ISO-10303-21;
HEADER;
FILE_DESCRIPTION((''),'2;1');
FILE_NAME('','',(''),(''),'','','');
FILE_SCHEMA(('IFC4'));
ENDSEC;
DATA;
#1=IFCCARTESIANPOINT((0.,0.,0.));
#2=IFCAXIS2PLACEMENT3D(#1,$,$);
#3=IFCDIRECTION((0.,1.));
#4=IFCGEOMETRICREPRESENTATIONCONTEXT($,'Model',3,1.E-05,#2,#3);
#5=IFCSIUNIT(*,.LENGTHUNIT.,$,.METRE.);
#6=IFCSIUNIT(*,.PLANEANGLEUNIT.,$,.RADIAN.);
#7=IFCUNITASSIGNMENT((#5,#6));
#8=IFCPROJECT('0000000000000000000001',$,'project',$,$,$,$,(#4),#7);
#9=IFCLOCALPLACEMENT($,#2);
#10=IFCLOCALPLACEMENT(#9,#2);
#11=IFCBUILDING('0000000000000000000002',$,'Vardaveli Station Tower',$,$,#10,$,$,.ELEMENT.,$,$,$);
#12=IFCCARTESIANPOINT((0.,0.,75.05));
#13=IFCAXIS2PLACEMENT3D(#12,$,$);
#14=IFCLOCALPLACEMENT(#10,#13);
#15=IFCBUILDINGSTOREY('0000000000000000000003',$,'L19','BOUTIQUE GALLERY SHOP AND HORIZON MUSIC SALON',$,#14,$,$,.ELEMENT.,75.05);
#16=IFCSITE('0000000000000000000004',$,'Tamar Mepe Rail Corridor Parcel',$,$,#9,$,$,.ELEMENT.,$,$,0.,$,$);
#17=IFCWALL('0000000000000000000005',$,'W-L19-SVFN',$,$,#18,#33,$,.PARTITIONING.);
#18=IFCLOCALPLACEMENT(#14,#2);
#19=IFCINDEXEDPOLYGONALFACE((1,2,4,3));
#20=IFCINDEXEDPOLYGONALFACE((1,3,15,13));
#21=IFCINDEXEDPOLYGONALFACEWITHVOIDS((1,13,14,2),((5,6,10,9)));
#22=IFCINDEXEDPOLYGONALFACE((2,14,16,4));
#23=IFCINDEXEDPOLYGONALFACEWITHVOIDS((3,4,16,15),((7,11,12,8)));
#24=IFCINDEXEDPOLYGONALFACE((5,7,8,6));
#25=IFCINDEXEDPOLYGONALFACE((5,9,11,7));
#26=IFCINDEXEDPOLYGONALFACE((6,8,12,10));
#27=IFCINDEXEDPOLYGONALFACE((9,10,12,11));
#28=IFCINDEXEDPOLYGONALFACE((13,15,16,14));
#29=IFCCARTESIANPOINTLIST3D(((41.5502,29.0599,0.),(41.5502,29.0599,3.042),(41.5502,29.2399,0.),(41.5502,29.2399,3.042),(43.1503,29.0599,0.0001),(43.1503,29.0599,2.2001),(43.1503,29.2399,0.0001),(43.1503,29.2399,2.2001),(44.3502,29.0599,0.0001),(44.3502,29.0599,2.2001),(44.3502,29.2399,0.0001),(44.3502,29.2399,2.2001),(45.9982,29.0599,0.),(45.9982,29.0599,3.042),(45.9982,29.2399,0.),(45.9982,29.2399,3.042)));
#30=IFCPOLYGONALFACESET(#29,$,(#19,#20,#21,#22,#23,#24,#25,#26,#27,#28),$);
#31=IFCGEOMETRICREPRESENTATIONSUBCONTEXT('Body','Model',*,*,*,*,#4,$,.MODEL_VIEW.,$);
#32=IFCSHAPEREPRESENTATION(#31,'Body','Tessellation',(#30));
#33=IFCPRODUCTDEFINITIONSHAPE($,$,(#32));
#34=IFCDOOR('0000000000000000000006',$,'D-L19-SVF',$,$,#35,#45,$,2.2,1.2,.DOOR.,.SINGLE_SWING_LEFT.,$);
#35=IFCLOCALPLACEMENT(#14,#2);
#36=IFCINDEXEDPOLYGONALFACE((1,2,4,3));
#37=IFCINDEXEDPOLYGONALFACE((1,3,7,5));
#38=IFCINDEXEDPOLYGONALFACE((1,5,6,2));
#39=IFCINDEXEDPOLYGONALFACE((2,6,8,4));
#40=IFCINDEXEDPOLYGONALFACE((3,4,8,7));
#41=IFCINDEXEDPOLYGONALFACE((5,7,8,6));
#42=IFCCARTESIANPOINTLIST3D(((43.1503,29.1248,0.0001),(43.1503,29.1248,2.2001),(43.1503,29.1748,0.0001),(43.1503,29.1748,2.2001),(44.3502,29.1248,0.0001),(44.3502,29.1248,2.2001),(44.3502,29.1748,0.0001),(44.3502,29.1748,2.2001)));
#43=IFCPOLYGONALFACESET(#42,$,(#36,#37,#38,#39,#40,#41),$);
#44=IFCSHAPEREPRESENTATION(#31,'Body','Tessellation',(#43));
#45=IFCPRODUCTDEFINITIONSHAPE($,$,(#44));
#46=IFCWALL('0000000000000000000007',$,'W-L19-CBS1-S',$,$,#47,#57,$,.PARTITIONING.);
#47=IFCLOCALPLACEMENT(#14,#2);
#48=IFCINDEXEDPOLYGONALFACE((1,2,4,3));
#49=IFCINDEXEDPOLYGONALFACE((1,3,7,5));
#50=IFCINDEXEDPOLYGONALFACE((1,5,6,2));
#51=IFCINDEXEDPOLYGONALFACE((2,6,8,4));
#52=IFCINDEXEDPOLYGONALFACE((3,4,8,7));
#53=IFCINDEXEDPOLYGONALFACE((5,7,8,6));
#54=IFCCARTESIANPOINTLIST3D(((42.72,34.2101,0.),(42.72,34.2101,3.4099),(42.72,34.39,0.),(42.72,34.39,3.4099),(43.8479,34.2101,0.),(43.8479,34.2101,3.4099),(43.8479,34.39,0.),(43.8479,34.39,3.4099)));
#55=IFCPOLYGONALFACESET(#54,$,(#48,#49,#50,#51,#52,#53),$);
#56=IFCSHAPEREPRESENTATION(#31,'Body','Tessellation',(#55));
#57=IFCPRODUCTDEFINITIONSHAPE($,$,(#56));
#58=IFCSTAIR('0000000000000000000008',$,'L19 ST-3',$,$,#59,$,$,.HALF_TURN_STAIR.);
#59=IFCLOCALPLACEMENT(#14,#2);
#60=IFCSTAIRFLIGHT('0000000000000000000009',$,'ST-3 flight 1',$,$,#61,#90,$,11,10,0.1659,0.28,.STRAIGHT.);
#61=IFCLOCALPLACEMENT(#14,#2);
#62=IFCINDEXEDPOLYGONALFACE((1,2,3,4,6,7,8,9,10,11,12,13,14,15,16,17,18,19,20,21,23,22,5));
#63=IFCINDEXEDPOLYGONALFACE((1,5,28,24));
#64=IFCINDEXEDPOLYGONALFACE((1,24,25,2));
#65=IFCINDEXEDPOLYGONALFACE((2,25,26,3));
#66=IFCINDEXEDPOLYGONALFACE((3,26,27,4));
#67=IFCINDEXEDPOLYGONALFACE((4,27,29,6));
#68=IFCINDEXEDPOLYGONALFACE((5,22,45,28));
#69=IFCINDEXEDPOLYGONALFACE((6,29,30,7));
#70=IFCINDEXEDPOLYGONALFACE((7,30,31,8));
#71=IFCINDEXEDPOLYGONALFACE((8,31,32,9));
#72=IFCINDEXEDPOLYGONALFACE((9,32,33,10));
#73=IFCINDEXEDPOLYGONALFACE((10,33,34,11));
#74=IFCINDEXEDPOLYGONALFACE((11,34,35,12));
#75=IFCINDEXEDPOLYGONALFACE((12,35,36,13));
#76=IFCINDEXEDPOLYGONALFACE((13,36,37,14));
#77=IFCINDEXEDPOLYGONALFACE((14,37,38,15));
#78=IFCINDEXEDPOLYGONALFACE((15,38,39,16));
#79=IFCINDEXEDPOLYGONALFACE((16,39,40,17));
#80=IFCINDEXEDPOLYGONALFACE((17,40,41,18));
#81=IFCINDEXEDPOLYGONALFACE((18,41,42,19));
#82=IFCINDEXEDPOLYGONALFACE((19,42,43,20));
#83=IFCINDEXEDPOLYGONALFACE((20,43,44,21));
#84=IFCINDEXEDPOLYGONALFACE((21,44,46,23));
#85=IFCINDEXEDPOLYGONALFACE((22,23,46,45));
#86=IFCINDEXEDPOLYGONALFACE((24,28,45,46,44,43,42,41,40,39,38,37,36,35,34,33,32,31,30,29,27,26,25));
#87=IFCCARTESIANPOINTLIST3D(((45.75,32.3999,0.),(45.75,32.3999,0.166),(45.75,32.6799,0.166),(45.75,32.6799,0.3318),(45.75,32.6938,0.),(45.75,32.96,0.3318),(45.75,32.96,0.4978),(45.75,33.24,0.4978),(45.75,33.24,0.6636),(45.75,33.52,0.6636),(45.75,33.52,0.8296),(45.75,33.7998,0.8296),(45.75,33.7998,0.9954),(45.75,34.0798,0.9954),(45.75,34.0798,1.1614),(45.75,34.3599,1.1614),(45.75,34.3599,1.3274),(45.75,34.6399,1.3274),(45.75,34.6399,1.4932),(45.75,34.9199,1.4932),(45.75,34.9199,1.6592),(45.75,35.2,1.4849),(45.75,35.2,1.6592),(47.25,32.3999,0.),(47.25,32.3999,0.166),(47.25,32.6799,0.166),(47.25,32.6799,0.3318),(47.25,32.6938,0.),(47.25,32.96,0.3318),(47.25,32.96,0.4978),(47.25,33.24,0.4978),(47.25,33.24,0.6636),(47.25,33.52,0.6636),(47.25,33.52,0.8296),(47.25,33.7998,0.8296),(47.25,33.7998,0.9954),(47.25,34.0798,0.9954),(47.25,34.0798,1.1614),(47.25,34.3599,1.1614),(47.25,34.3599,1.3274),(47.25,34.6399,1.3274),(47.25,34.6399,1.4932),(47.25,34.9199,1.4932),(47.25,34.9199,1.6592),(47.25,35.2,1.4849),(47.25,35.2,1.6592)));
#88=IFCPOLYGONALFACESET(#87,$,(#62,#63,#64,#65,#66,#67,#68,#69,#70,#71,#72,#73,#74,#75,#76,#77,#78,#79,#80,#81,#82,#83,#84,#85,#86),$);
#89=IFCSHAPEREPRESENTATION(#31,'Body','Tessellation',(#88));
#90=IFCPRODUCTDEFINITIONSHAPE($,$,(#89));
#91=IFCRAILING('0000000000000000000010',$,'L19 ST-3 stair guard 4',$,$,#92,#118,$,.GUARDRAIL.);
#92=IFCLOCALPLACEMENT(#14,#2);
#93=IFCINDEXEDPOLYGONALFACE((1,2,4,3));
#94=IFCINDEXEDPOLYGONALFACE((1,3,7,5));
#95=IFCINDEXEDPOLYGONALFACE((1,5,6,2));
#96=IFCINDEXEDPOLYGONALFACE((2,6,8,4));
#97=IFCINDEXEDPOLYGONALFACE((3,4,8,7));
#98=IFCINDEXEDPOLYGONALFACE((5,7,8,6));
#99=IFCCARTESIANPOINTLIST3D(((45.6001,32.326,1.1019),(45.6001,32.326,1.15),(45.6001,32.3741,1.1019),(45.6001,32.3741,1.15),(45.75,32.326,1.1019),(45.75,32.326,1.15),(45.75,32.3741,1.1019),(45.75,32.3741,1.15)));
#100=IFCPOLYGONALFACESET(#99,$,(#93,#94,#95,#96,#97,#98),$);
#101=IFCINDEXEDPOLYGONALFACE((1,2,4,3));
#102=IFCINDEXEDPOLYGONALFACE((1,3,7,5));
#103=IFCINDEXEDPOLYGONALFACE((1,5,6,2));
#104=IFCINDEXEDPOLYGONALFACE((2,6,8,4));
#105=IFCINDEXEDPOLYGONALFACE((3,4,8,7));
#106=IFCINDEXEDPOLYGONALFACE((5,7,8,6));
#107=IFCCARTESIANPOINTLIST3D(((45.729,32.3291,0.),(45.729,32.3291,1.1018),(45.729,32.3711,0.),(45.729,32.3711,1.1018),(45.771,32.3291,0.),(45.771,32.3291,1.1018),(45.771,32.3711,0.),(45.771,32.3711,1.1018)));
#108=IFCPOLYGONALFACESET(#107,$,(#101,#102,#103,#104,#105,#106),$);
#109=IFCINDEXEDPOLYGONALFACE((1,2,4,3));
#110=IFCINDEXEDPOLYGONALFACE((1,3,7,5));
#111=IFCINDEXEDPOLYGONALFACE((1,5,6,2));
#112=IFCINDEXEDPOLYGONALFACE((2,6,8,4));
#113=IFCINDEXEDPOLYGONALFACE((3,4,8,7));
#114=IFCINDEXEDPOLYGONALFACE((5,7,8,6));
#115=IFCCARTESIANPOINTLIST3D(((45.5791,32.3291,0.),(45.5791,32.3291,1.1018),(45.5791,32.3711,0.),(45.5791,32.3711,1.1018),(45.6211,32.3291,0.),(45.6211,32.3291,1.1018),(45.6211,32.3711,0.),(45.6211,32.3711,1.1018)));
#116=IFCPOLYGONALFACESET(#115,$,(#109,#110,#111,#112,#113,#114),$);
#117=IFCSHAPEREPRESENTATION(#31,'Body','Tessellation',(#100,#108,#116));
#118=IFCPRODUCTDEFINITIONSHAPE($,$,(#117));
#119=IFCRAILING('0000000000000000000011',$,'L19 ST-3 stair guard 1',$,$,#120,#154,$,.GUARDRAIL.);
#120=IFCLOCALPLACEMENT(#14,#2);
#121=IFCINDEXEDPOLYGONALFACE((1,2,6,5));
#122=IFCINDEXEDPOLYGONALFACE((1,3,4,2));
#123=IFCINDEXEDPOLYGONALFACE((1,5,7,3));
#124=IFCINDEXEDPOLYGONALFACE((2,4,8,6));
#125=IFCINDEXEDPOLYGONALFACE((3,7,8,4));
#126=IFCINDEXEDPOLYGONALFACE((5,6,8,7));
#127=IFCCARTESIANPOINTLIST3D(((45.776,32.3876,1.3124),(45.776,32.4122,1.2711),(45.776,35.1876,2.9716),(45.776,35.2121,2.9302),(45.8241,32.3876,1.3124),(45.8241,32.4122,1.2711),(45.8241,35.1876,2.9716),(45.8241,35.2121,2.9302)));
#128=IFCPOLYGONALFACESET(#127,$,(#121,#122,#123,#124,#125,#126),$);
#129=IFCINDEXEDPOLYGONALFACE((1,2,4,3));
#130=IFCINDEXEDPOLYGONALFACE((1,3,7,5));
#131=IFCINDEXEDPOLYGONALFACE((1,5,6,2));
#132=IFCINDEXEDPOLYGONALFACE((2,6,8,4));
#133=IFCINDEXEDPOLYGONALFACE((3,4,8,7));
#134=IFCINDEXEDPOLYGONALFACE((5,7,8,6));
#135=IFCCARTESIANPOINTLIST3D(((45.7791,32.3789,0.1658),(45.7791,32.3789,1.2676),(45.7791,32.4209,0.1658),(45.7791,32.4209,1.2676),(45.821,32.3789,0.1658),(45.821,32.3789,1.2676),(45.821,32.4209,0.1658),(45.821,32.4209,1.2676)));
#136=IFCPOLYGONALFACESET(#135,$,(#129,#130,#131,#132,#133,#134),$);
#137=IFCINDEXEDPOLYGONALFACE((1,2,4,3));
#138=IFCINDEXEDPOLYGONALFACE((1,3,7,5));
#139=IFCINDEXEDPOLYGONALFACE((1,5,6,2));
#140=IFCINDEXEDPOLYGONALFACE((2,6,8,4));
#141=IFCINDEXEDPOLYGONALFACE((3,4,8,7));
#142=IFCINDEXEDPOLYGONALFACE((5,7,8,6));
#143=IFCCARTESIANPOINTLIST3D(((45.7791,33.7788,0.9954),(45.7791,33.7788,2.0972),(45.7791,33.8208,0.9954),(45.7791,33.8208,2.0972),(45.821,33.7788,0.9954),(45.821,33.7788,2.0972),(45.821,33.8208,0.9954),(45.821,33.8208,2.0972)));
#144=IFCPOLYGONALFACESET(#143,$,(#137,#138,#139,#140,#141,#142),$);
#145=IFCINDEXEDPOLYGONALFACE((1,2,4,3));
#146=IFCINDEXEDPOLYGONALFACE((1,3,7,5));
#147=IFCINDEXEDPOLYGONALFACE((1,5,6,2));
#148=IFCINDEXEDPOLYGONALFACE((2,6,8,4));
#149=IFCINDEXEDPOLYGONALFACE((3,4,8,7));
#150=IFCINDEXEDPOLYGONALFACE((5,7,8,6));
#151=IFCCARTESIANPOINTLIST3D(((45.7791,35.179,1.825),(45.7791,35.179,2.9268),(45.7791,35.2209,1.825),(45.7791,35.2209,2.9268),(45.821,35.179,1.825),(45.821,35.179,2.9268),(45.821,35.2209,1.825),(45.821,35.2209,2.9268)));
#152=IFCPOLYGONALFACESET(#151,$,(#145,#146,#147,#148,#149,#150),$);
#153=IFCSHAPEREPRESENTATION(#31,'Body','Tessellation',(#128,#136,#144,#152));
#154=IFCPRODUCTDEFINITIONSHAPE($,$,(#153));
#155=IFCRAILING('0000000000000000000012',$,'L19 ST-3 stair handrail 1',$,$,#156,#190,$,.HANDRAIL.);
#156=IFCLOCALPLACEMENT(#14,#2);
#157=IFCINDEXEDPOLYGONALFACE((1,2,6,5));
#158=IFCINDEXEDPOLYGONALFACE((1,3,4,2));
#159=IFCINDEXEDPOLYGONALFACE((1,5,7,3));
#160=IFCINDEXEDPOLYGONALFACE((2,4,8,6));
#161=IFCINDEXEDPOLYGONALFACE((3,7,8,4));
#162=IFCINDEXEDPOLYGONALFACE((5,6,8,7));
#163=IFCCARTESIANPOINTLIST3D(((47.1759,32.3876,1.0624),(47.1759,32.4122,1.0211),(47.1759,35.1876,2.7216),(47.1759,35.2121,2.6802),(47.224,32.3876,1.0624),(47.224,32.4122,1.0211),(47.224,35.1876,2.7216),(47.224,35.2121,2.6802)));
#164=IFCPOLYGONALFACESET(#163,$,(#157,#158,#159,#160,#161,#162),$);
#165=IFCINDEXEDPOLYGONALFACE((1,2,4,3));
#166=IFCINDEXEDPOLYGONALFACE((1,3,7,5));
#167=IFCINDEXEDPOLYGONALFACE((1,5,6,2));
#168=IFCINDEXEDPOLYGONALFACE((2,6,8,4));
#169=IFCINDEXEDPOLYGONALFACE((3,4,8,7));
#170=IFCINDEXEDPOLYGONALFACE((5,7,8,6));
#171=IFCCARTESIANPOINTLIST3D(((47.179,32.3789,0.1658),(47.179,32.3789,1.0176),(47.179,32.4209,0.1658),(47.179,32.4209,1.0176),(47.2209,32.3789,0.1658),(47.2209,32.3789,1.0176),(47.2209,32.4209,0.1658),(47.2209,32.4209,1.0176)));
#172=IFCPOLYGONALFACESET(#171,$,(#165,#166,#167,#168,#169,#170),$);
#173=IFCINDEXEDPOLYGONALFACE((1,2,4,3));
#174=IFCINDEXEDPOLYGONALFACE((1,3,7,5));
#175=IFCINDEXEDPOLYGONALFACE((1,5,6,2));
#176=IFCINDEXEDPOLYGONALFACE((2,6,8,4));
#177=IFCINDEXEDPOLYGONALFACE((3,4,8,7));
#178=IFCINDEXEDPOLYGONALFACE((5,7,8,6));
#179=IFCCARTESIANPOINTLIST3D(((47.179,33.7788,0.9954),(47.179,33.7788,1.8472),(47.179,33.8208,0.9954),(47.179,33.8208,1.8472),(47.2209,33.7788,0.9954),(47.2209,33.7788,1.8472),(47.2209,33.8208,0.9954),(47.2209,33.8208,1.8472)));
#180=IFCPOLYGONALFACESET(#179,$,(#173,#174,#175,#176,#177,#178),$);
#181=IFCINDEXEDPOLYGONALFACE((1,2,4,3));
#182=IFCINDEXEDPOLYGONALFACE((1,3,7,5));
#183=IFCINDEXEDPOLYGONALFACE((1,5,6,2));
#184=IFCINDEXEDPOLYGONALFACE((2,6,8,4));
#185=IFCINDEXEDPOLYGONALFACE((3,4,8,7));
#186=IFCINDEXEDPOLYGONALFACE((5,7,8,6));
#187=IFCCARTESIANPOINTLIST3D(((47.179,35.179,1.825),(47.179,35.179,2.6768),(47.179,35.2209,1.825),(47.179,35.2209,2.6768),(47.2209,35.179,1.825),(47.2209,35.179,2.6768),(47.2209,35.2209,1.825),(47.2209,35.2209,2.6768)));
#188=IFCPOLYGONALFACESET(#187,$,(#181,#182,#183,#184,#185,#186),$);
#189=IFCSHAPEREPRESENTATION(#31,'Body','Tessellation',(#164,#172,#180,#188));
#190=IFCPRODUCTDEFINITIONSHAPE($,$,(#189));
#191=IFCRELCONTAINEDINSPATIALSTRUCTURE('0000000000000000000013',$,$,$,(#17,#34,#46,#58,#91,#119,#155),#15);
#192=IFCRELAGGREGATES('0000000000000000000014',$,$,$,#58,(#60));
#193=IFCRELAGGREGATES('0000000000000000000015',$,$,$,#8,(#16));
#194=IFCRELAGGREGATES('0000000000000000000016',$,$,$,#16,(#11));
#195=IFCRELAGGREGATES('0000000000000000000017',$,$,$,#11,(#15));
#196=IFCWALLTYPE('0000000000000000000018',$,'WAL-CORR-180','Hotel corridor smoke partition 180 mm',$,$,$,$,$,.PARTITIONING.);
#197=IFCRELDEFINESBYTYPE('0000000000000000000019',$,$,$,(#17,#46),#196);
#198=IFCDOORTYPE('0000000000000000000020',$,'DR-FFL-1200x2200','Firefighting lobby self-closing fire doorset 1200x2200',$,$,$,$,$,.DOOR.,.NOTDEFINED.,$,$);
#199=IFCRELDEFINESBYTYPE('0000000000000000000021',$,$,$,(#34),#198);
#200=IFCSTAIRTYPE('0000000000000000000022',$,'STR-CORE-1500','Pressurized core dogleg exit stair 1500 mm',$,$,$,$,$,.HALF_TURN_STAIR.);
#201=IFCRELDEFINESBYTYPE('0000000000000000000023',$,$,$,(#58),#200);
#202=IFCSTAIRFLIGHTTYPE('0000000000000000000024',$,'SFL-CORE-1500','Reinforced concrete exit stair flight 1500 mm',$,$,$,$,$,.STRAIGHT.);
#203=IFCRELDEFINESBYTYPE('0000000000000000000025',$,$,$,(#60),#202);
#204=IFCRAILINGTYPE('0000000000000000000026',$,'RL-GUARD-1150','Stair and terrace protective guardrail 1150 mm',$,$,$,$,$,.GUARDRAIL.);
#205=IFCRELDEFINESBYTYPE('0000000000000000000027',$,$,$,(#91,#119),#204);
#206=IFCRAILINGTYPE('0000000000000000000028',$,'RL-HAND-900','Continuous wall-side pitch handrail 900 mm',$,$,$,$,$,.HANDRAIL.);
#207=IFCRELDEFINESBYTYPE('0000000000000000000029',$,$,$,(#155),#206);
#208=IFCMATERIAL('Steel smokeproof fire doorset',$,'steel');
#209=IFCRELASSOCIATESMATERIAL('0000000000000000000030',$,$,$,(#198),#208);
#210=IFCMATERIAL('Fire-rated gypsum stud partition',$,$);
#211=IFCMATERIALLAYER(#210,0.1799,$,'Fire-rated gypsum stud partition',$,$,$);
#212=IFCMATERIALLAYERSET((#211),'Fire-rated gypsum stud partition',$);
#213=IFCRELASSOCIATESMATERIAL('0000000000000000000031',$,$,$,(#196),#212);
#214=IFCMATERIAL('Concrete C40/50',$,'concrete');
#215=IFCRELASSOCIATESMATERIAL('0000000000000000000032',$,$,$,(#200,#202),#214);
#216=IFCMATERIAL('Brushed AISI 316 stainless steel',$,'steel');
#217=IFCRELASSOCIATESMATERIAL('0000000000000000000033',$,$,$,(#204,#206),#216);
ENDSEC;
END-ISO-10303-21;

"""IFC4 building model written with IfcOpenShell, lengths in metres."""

from ifc_helpers import new_model, si_unit, direction, frame, frame_2d, origin, origin_2d, place, context, subcontext, project, spatial, polyline, rectangle, outline, extrude, source, transform, mapped, material, layer, layer_set, type_object, element, fill, aggregate, save


model = new_model("IFC4")

# Units and contexts
model_context = context("Model", 3, precision=1e-05, world=origin(), true_north=direction((0.0, 1.0)))
body_context = subcontext(model_context, "Body", "Model", "MODEL_VIEW")
ifc_project = project(units=[si_unit("LENGTHUNIT", "METRE"), si_unit("PLANEANGLEUNIT", "RADIAN")], contexts=[model_context])

# Site, building, storey
site_placement = place(None, origin())
site = spatial("IfcSite", under=ifc_project, at=site_placement, Name="Tamar Mepe Rail Corridor Parcel", CompositionType="ELEMENT", RefElevation=0.0)
building_placement = place(site_placement, origin())
building = spatial("IfcBuilding", under=site, at=building_placement, Name="Vardaveli Station Tower", CompositionType="ELEMENT")
storey_placement = place(building_placement, frame((0.0, 0.0, 75.05)))
storey = spatial("IfcBuildingStorey", under=building, at=storey_placement, Name="L19", Description="BOUTIQUE GALLERY SHOP AND HORIZON MUSIC SALON", CompositionType="ELEMENT", Elevation=75.05)

# Shared definitions
ifc_material_1 = material(Name="Concrete C40/50", Category="concrete")

# Wall, opening, door
ifc_material_2 = material(Name="Steel smokeproof fire doorset", Category="steel")
door_type_1 = type_object("IfcDoorType", Name="DR-FFL-1200x2200", Description="Firefighting lobby self-closing fire doorset 1200x2200", OperationType="NOTDEFINED", PredefinedType="DOOR", material=ifc_material_2)
shared_shape_1 = source(origin(), body_context, "Body", "SweptSolid", [
    extrude(rectangle(XDim=1.2, YDim=2.2, at=frame_2d((0.6001, 1.1001))), frame((0.0, 0.0249, 0.0), z_axis=(0.0, -1.0, 0.0), x_axis=(1.0, 0.0, 0.0)), (0.0, 0.0, 1.0), 0.05),
])
ifc_material_3 = material(Name="Fire-rated gypsum stud partition")
ifc_layer_1 = layer(ifc_material_3, 0.1799, Name="Fire-rated gypsum stud partition")
ifc_layer_set_1 = layer_set([ifc_layer_1], Name="Fire-rated gypsum stud partition")
wall_type_1 = type_object("IfcWallType", Name="WAL-CORR-180", Description="Hotel corridor smoke partition 180 mm", PredefinedType="PARTITIONING", material=ifc_layer_set_1)
shared_shape_2 = source(origin(), body_context, "Body", "SweptSolid", [
    extrude(rectangle(XDim=4.448, YDim=0.1799, at=frame_2d((2.2241, 0.0))), origin(), (0.0, 0.0, 1.0), 3.042),
])
wall_1_placement = place(storey_placement, frame((41.55, 29.1499, 0.0), z_axis=(0.0, 0.0, 1.0), x_axis=(1.0, 0.0, 0.0)))
wall_1 = element("IfcWall", 1, at=wall_1_placement, inside=storey, type_object=wall_type_1, Name="W-L19-SVFN", PredefinedType="PARTITIONING", context=body_context, shape_type="MappedRepresentation", body=[
    mapped(shared_shape_2, transform((0.0, 0.0, 0.0), scale=1.0)),
])
shared_shape_3 = source(origin(), body_context, "Body", "SweptSolid", [
    extrude(rectangle(XDim=1.2, YDim=2.2, at=frame_2d((0.6001, 1.1001))), frame((0.0, 0.1001, 0.0), z_axis=(0.0, -1.0, 0.0), x_axis=(1.0, 0.0, 0.0)), (0.0, 0.0, 1.0), 0.2),
])
opening_1_placement = place(wall_1_placement, frame((1.6001, 0.0, 0.0)))
opening_1 = element("IfcOpeningElement", 2, at=opening_1_placement, cuts=wall_1, PredefinedType="OPENING", context=body_context, shape_type="MappedRepresentation", body=[
    mapped(shared_shape_3, transform((0.0, 0.0, 0.0), scale=1.0)),
])
door_1_placement = place(opening_1_placement, origin())
door_1 = element("IfcDoor", 3, at=door_1_placement, inside=storey, type_object=door_type_1, Name="D-L19-SVF", OperationType="SINGLE_SWING_LEFT", OverallHeight=2.2, OverallWidth=1.2, PredefinedType="DOOR", context=body_context, shape_type="MappedRepresentation", body=[
    mapped(shared_shape_1, transform((0.0, 0.0, 0.0), scale=1.0)),
])
fill(opening_1, door_1)

# Wall
shared_shape_4 = source(origin(), body_context, "Body", "SweptSolid", [
    extrude(rectangle(XDim=1.1279, YDim=0.1799, at=frame_2d((0.564, 0.0))), origin(), (0.0, 0.0, 1.0), 3.4099),
])
wall_2_placement = place(storey_placement, frame((42.72, 34.3, 0.0), z_axis=(0.0, 0.0, 1.0), x_axis=(1.0, 0.0, 0.0)))
element("IfcWall", 4, at=wall_2_placement, inside=storey, type_object=wall_type_1, Name="W-L19-CBS1-S", PredefinedType="PARTITIONING", context=body_context, shape_type="MappedRepresentation", body=[
    mapped(shared_shape_4, transform((0.0, 0.0, 0.0), scale=1.0)),
])

# Stair, stair flight
stair_type = type_object("IfcStairType", Name="STR-CORE-1500", Description="Pressurized core dogleg exit stair 1500 mm", PredefinedType="HALF_TURN_STAIR", material=ifc_material_1)
stair_placement = place(storey_placement, origin())
stair = element("IfcStair", 5, at=stair_placement, inside=storey, type_object=stair_type, Name="L19 ST-3", PredefinedType="HALF_TURN_STAIR")
stair_flight_type = type_object("IfcStairFlightType", Name="SFL-CORE-1500", Description="Reinforced concrete exit stair flight 1500 mm", PredefinedType="STRAIGHT", material=ifc_material_1)
shared_shape_5 = source(origin(), body_context, "Body", "SweptSolid", [
    extrude(outline(polyline([(0.0, 0.0), (0.0, 0.166), (0.28, 0.166), (0.28, 0.3318), (0.5601, 0.3318), (0.5601, 0.4978), (0.8401, 0.4978), (0.8401, 0.6636), (1.1201, 0.6636), (1.1201, 0.8296), (1.3999, 0.8296), (1.3999, 0.9954), (1.6799, 0.9954), (1.6799, 1.1614), (1.96, 1.1614), (1.96, 1.3274), (2.24, 1.3274), (2.24, 1.4932), (2.52, 1.4932), (2.52, 1.6592), (2.8, 1.6592), (2.8, 1.825), (2.8, 1.4849), (0.2939, 0.0), (0.0, 0.0)])), frame((0.0, 0.75, 0.0), z_axis=(0.0, -1.0, 0.0), x_axis=(1.0, 0.0, 0.0)), (0.0, 0.0, 1.0), 1.5),
])
stair_flight_placement = place(storey_placement, frame((46.5, 32.3999, 0.0), z_axis=(0.0, 0.0, 1.0), x_axis=(0.0, 1.0, 0.0)))
stair_flight = element("IfcStairFlight", 6, at=stair_flight_placement, type_object=stair_flight_type, Name="ST-3 flight 1", NumberOfRisers=11, NumberOfTreads=10, PredefinedType="STRAIGHT", RiserHeight=0.1659, TreadLength=0.28, context=body_context, shape_type="MappedRepresentation", body=[
    mapped(shared_shape_5, transform((0.0, 0.0, 0.0), scale=1.0)),
])
aggregate(stair, [stair_flight])

# Railings
ifc_material_4 = material(Name="Brushed AISI 316 stainless steel", Category="steel")
railing_type_1 = type_object("IfcRailingType", Name="RL-GUARD-1150", Description="Stair and terrace protective guardrail 1150 mm", PredefinedType="GUARDRAIL", material=ifc_material_4)
shared_shape_6 = source(origin(), body_context, "Body", "SweptSolid", [
    extrude(rectangle(XDim=0.0481, YDim=0.0481, at=origin_2d()), frame((0.0, 0.0, 1.126), z_axis=(-1.0, 0.0, 0.0), x_axis=(0.0, -1.0, 0.0)), (0.0, 0.0, 1.0), 0.1499),
    extrude(rectangle(XDim=0.042, YDim=0.042, at=origin_2d()), origin(), (0.0, 0.0, 1.0), 1.1018),
    extrude(rectangle(XDim=0.042, YDim=0.042, at=origin_2d()), frame((-0.1499, 0.0, 0.0)), (0.0, 0.0, 1.0), 1.1018),
])
railing_1_placement = place(storey_placement, frame((45.75, 32.3501, 0.0)))
element("IfcRailing", 7, at=railing_1_placement, inside=storey, type_object=railing_type_1, Name="L19 ST-3 stair guard 4", PredefinedType="GUARDRAIL", context=body_context, shape_type="MappedRepresentation", body=[
    mapped(shared_shape_6, transform((0.0, 0.0, 0.0), scale=1.0)),
])
shared_shape_7 = source(origin(), body_context, "Body", "SweptSolid", [
    extrude(rectangle(XDim=0.0481, YDim=0.0481, at=origin_2d()), frame((0.0, 0.0, 1.126), z_axis=(0.0, 0.860306, 0.509778), x_axis=(-1.0, 0.0, 0.0)), (0.0, 0.0, 1.0), 3.2546),
    extrude(rectangle(XDim=0.042, YDim=0.042, at=origin_2d()), origin(), (0.0, 0.0, 1.0), 1.1018),
    extrude(rectangle(XDim=0.042, YDim=0.042, at=origin_2d()), frame((0.0, 1.3999, 0.8296)), (0.0, 0.0, 1.0), 1.1018),
    extrude(rectangle(XDim=0.042, YDim=0.042, at=origin_2d()), frame((0.0, 2.8, 1.6592)), (0.0, 0.0, 1.0), 1.1018),
])
railing_2_placement = place(storey_placement, frame((45.8, 32.3999, 0.1658)))
element("IfcRailing", 8, at=railing_2_placement, inside=storey, type_object=railing_type_1, Name="L19 ST-3 stair guard 1", PredefinedType="GUARDRAIL", context=body_context, shape_type="MappedRepresentation", body=[
    mapped(shared_shape_7, transform((0.0, 0.0, 0.0), scale=1.0)),
])
railing_type_2 = type_object("IfcRailingType", Name="RL-HAND-900", Description="Continuous wall-side pitch handrail 900 mm", PredefinedType="HANDRAIL", material=ifc_material_4)
shared_shape_8 = source(origin(), body_context, "Body", "SweptSolid", [
    extrude(rectangle(XDim=0.0481, YDim=0.0481, at=origin_2d()), frame((0.0, 0.0, 0.876), z_axis=(0.0, 0.860306, 0.509778), x_axis=(-1.0, 0.0, 0.0)), (0.0, 0.0, 1.0), 3.2546),
    extrude(rectangle(XDim=0.042, YDim=0.042, at=origin_2d()), origin(), (0.0, 0.0, 1.0), 0.8518),
    extrude(rectangle(XDim=0.042, YDim=0.042, at=origin_2d()), frame((0.0, 1.3999, 0.8296)), (0.0, 0.0, 1.0), 0.8518),
    extrude(rectangle(XDim=0.042, YDim=0.042, at=origin_2d()), frame((0.0, 2.8, 1.6592)), (0.0, 0.0, 1.0), 0.8518),
])
railing_3_placement = place(storey_placement, frame((47.2, 32.3999, 0.1658)))
element("IfcRailing", 9, at=railing_3_placement, inside=storey, type_object=railing_type_2, Name="L19 ST-3 stair handrail 1", PredefinedType="HANDRAIL", context=body_context, shape_type="MappedRepresentation", body=[
    mapped(shared_shape_8, transform((0.0, 0.0, 0.0), scale=1.0)),
])

save(model, "model.ifc")
